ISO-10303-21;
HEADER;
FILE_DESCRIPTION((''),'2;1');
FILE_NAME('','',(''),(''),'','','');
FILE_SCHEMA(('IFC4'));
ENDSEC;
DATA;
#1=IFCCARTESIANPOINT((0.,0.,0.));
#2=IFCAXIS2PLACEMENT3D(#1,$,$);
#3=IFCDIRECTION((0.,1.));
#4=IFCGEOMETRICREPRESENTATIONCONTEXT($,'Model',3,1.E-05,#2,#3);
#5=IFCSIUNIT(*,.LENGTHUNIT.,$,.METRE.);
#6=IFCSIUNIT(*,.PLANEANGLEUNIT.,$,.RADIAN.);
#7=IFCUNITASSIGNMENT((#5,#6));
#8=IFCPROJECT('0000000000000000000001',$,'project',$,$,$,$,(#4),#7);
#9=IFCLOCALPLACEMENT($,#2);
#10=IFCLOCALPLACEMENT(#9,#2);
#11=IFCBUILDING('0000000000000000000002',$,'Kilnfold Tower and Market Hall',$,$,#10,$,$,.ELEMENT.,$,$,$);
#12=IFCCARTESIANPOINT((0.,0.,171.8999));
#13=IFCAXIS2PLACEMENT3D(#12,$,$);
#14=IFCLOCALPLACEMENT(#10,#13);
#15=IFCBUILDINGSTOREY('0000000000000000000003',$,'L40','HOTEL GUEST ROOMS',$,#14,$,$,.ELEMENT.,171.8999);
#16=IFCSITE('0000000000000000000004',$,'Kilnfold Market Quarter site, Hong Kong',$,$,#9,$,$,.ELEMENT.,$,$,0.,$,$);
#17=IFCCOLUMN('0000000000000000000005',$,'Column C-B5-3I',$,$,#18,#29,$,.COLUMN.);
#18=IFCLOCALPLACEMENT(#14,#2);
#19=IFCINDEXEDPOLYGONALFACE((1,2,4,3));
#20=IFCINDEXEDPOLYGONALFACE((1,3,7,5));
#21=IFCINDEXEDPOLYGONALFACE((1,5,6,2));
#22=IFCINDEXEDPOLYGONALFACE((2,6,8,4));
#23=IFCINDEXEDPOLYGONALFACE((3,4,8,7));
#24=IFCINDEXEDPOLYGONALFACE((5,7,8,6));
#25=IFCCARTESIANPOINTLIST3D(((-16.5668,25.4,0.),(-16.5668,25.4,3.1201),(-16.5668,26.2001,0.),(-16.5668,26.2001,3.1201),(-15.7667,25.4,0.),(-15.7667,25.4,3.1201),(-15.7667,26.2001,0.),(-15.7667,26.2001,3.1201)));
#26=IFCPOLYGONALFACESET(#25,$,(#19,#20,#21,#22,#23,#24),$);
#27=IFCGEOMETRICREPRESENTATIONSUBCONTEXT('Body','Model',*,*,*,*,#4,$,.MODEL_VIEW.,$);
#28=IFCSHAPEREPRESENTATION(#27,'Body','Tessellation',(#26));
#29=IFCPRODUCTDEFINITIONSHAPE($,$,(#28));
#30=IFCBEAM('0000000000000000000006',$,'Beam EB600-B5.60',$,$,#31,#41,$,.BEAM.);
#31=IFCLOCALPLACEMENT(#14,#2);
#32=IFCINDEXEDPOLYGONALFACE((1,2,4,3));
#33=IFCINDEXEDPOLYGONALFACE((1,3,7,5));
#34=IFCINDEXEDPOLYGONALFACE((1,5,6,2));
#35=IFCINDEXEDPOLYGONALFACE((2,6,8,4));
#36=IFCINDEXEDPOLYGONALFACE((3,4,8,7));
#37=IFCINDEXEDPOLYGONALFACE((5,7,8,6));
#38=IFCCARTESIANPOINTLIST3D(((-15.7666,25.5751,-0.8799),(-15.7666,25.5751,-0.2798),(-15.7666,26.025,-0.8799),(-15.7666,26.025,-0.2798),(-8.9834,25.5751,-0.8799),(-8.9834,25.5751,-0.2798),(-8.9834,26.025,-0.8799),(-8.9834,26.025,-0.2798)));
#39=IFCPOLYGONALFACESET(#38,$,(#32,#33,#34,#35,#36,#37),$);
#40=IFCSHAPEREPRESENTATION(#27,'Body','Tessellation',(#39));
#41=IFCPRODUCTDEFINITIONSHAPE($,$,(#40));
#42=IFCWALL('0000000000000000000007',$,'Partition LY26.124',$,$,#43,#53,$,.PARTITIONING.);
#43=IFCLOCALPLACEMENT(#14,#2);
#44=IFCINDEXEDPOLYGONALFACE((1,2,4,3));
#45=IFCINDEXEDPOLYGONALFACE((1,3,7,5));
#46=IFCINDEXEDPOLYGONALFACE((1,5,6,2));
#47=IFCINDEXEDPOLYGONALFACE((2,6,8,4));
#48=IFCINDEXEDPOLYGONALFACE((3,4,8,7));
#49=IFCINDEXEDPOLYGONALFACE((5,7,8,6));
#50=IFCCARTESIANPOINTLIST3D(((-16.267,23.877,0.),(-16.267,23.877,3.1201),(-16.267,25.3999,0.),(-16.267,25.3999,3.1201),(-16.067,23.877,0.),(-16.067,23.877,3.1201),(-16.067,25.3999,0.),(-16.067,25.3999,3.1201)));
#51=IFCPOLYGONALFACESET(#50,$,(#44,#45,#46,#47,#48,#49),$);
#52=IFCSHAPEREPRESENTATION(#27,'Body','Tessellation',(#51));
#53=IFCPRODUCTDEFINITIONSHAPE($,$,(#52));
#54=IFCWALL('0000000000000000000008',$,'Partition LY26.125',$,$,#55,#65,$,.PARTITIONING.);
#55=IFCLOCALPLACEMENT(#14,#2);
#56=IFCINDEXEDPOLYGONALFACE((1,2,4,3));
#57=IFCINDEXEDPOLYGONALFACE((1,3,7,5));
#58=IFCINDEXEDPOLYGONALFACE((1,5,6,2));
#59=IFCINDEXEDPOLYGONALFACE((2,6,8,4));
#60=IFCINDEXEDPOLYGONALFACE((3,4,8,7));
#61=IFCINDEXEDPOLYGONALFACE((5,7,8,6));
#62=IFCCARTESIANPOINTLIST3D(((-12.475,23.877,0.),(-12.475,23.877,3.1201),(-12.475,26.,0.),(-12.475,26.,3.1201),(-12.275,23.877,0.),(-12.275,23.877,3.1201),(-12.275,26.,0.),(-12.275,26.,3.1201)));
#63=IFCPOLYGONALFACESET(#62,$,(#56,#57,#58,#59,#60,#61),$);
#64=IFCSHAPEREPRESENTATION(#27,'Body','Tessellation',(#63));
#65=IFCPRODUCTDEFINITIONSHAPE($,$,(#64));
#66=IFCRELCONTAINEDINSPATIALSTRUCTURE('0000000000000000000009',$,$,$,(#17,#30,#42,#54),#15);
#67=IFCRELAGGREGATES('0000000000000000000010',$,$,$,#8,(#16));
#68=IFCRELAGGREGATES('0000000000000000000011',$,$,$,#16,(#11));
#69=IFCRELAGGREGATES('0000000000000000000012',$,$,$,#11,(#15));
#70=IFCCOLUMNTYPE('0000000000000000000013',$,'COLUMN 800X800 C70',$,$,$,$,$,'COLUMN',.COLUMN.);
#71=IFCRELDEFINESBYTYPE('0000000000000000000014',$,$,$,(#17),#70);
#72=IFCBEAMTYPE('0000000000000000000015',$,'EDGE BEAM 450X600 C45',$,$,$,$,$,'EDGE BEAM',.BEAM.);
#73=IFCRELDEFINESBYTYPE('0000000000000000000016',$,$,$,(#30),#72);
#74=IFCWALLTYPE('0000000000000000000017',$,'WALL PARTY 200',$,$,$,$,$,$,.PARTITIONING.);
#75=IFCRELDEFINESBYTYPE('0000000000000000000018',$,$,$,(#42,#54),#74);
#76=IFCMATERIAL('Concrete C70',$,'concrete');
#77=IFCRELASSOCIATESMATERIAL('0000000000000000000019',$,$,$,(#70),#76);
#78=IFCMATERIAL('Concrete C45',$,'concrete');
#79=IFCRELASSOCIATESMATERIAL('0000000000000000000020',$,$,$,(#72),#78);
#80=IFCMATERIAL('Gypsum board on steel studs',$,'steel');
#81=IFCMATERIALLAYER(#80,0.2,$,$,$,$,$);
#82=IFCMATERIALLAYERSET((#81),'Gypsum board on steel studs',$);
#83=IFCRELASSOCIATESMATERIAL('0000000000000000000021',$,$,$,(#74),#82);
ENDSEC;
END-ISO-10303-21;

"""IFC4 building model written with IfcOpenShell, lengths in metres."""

from ifc_helpers import new_model, si_unit, direction, frame, frame_2d, origin, origin_2d, place, context, subcontext, project, spatial, rectangle, extrude, source, transform, mapped, material, layer, layer_set, material_profile, profile_set, type_object, element, save


model = new_model("IFC4")

# Units and contexts
model_context = context("Model", 3, precision=1e-05, world=origin(), true_north=direction((0.0, 1.0)))
body_context = subcontext(model_context, "Body", "Model", "MODEL_VIEW")
ifc_project = project(units=[si_unit("LENGTHUNIT", "METRE"), si_unit("PLANEANGLEUNIT", "RADIAN")], contexts=[model_context])

# Site, building, storey
site_placement = place(None, origin())
site = spatial("IfcSite", under=ifc_project, at=site_placement, Name="Kilnfold Market Quarter site, Hong Kong", CompositionType="ELEMENT", RefElevation=0.0)
building_placement = place(site_placement, origin())
building = spatial("IfcBuilding", under=site, at=building_placement, Name="Kilnfold Tower and Market Hall", CompositionType="ELEMENT")
storey_placement = place(building_placement, frame((0.0, 0.0, 171.8999)))
storey = spatial("IfcBuildingStorey", under=building, at=storey_placement, Name="L40", Description="HOTEL GUEST ROOMS", CompositionType="ELEMENT", Elevation=171.8999)

# Column
ifc_material_1 = material(Name="Concrete C70", Category="concrete")
ifc_material_profile_1 = material_profile(ifc_material_1, rectangle(XDim=0.8, YDim=0.8, at=origin_2d()), Name="RC 800x800")
ifc_profile_set_1 = profile_set([ifc_material_profile_1], Name="Concrete C70")
column_type = type_object("IfcColumnType", Name="COLUMN 800X800 C70", ElementType="COLUMN", PredefinedType="COLUMN", material=ifc_profile_set_1)
shared_shape_1 = source(origin(), body_context, "Body", "SweptSolid", [
    extrude(rectangle(XDim=0.8, YDim=0.8, at=origin_2d()), origin(), (0.0, 0.0, 1.0), 3.1201),
])
column_placement = place(storey_placement, frame((-16.1667, 25.8, 0.0), z_axis=(0.0, 0.0, 1.0), x_axis=(1.0, 0.0, 0.0)))
element("IfcColumn", 1, at=column_placement, inside=storey, type_object=column_type, Name="Column C-B5-3I", PredefinedType="COLUMN", context=body_context, shape_type="MappedRepresentation", body=[
    mapped(shared_shape_1, transform((0.0, 0.0, 0.0))),
])

# Beam
ifc_material_2 = material(Name="Concrete C45", Category="concrete")
ifc_material_profile_2 = material_profile(ifc_material_2, rectangle(XDim=0.45, YDim=0.6001, at=origin_2d()), Name="RC 450x600")
ifc_profile_set_2 = profile_set([ifc_material_profile_2], Name="Concrete C45")
beam_type = type_object("IfcBeamType", Name="EDGE BEAM 450X600 C45", ElementType="EDGE BEAM", PredefinedType="BEAM", material=ifc_profile_set_2)
shared_shape_2 = source(origin(), body_context, "Body", "SweptSolid", [
    extrude(rectangle(XDim=0.45, YDim=0.6001, at=origin_2d()), origin(), (0.0, 0.0, 1.0), 6.7832),
])
beam_placement = place(storey_placement, frame((-15.7666, 25.8, -0.5798), z_axis=(1.0, 0.0, 0.0), x_axis=(0.0, 1.0, 0.0)))
element("IfcBeam", 2, at=beam_placement, inside=storey, type_object=beam_type, Name="Beam EB600-B5.60", PredefinedType="BEAM", context=body_context, shape_type="MappedRepresentation", body=[
    mapped(shared_shape_2, transform((0.0, 0.0, 0.0))),
])

# Walls
ifc_material_3 = material(Name="Gypsum board on steel studs", Category="steel")
ifc_layer_1 = layer(ifc_material_3, 0.2)
ifc_layer_set_1 = layer_set([ifc_layer_1], Name="Gypsum board on steel studs")
wall_type_1 = type_object("IfcWallType", Name="WALL PARTY 200", PredefinedType="PARTITIONING", material=ifc_layer_set_1)
wall_1_placement = place(storey_placement, frame((-16.167, 23.877, 0.0), z_axis=(0.0, 0.0, 1.0), x_axis=(0.0, 1.0, 0.0)))
element("IfcWall", 3, at=wall_1_placement, inside=storey, type_object=wall_type_1, Name="Partition LY26.124", PredefinedType="PARTITIONING", context=body_context, shape_type="SweptSolid", body=[
    extrude(rectangle(XDim=1.5229, YDim=0.2, at=frame_2d((0.7615, 0.0))), origin(), (0.0, 0.0, 1.0), 3.1201),
])
wall_2_placement = place(storey_placement, frame((-12.375, 23.877, 0.0), z_axis=(0.0, 0.0, 1.0), x_axis=(0.0, 1.0, 0.0)))
element("IfcWall", 4, at=wall_2_placement, inside=storey, type_object=wall_type_1, Name="Partition LY26.125", PredefinedType="PARTITIONING", context=body_context, shape_type="SweptSolid", body=[
    extrude(rectangle(XDim=2.123, YDim=0.2, at=frame_2d((1.0615, 0.0))), origin(), (0.0, 0.0, 1.0), 3.1201),
])

save(model, "model.ifc")
